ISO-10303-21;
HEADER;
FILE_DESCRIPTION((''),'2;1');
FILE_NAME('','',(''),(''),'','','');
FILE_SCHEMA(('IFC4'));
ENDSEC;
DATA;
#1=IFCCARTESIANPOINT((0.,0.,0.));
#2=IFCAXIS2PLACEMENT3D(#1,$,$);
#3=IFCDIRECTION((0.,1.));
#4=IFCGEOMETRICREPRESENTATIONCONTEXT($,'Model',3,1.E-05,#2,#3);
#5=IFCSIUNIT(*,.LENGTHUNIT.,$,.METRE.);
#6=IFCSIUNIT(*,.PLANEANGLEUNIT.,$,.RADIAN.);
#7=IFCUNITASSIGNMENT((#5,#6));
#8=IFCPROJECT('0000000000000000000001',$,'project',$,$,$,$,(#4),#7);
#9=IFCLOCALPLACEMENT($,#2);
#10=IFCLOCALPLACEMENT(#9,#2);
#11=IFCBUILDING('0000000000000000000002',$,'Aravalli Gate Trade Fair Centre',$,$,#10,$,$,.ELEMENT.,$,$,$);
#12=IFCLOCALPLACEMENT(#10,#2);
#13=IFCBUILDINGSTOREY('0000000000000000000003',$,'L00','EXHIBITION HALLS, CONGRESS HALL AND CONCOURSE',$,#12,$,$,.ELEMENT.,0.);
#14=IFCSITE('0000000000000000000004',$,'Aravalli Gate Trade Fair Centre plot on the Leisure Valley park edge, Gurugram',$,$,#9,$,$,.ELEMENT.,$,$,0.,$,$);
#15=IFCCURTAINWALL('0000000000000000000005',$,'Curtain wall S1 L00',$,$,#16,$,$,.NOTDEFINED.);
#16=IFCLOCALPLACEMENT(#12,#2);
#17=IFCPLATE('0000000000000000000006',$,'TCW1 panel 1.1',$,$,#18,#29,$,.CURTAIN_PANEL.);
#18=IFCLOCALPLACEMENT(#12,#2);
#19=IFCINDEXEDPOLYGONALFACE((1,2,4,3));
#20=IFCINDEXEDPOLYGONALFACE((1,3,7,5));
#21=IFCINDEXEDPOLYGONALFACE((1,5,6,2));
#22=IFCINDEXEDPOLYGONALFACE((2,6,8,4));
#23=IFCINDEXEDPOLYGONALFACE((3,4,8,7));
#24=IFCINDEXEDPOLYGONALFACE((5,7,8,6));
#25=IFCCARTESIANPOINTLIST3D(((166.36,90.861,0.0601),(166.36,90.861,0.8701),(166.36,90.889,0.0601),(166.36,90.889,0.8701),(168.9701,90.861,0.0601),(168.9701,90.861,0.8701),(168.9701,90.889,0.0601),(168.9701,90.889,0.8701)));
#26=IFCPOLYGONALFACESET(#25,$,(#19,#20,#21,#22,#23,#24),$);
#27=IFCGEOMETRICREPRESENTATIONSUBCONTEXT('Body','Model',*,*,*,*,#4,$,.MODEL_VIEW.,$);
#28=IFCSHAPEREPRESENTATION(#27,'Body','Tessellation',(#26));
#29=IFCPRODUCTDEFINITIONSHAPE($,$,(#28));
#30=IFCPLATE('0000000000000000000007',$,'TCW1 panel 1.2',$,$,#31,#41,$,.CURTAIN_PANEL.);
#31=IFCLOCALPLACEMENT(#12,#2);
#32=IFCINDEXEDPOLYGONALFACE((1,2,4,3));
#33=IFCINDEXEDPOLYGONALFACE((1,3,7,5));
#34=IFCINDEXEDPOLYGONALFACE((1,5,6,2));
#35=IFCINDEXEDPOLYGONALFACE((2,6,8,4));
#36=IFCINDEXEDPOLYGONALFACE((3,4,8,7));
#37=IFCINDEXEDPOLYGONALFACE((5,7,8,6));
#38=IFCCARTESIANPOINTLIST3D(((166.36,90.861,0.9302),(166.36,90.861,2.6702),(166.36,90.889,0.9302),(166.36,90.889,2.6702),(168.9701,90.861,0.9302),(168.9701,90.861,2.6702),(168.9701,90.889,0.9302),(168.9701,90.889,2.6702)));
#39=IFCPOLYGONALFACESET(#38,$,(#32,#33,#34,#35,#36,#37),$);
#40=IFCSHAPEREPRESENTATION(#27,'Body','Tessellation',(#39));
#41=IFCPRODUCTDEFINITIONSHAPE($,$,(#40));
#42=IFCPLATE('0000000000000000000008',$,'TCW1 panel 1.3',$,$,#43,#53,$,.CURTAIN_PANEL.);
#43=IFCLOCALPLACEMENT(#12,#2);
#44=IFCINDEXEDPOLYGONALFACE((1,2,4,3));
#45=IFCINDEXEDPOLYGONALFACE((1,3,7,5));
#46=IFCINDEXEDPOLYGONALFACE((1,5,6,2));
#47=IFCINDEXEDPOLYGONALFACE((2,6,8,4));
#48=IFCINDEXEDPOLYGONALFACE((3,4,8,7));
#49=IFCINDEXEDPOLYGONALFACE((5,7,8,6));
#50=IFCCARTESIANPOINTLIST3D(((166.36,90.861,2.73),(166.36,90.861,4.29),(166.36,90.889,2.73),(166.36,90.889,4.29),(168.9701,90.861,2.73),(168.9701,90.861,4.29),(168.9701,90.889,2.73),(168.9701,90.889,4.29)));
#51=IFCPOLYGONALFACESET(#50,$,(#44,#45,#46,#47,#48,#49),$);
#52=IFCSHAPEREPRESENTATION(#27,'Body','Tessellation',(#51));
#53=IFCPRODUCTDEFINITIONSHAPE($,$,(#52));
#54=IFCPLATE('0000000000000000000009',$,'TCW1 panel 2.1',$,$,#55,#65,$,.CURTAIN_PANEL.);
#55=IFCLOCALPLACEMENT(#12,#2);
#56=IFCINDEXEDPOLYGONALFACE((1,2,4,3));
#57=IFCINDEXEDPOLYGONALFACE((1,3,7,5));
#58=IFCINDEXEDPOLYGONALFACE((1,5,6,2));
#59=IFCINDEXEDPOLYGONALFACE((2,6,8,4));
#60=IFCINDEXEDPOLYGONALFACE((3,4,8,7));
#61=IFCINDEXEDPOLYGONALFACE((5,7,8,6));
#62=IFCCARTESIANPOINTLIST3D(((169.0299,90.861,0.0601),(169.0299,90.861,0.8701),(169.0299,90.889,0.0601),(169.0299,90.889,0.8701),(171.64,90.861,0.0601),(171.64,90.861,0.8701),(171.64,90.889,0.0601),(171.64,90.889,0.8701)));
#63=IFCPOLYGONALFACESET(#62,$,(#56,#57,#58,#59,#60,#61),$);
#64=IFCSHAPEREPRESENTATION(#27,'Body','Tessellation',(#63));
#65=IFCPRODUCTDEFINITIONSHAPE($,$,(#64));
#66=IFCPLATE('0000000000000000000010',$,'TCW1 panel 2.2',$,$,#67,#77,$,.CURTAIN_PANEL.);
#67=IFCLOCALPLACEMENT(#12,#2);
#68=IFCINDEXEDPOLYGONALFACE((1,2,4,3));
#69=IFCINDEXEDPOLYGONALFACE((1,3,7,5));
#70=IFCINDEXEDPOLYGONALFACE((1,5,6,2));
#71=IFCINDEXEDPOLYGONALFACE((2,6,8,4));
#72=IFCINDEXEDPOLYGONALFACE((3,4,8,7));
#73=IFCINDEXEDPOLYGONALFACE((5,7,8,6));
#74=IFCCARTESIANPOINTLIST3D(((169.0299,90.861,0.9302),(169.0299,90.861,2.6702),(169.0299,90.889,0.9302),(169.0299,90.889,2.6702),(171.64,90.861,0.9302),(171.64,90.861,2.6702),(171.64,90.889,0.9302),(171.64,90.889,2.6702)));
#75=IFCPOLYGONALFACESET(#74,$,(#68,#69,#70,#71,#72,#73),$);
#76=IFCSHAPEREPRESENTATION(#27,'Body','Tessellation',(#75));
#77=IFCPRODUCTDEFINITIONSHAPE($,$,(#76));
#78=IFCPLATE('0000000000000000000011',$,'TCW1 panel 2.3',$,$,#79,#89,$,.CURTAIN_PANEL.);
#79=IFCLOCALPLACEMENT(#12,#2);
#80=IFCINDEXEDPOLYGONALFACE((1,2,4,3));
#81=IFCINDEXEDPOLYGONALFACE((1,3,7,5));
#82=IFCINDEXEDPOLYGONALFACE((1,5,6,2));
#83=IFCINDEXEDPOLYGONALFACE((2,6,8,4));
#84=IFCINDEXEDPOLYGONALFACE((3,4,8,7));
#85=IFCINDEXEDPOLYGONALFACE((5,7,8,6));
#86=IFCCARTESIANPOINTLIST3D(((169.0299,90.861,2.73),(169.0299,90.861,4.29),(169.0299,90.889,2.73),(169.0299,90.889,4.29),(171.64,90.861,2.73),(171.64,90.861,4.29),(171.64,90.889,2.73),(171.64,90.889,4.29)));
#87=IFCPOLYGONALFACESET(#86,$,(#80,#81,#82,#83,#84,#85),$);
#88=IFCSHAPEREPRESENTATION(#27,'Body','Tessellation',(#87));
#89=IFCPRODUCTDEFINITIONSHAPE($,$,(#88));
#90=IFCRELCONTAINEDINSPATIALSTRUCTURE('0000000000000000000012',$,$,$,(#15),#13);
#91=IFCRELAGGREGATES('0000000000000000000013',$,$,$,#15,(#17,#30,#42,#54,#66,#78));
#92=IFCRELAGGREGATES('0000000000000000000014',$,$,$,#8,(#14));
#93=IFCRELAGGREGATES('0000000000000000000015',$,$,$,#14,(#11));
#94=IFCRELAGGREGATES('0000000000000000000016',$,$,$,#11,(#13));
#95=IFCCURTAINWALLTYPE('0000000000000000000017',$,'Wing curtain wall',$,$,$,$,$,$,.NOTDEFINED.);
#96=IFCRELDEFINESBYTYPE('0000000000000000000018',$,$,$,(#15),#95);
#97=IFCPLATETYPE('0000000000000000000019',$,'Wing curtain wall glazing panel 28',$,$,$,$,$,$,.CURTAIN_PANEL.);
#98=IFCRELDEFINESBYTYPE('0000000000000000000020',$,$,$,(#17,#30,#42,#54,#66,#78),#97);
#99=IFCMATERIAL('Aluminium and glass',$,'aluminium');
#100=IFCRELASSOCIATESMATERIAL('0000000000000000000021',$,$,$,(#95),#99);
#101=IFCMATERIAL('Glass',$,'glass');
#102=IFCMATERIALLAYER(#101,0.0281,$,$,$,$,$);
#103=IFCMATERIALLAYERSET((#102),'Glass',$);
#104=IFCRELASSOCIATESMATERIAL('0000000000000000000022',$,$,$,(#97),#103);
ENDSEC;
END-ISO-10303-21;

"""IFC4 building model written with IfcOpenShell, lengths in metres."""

from ifc_helpers import new_model, si_unit, direction, frame, origin, origin_2d, place, context, subcontext, project, spatial, rectangle, extrude, material, layer, layer_set, type_object, element, aggregate, save


model = new_model("IFC4")

# Units and contexts
model_context = context("Model", 3, precision=1e-05, world=origin(), true_north=direction((0.0, 1.0)))
body_context = subcontext(model_context, "Body", "Model", "MODEL_VIEW")
ifc_project = project(units=[si_unit("LENGTHUNIT", "METRE"), si_unit("PLANEANGLEUNIT", "RADIAN")], contexts=[model_context])

# Site, building, storey
site_placement = place(None, origin())
site = spatial("IfcSite", under=ifc_project, at=site_placement, Name="Aravalli Gate Trade Fair Centre plot on the Leisure Valley park edge, Gurugram", CompositionType="ELEMENT", RefElevation=0.0)
building_placement = place(site_placement, origin())
building = spatial("IfcBuilding", under=site, at=building_placement, Name="Aravalli Gate Trade Fair Centre", CompositionType="ELEMENT")
storey_placement = place(building_placement, origin())
storey = spatial("IfcBuildingStorey", under=building, at=storey_placement, Name="L00", Description="EXHIBITION HALLS, CONGRESS HALL AND CONCOURSE", CompositionType="ELEMENT", Elevation=0.0)

# Shared definitions
ifc_material_1 = material(Name="Aluminium and glass", Category="aluminium")
curtain_wall_type = type_object("IfcCurtainWallType", Name="Wing curtain wall", PredefinedType="NOTDEFINED", material=ifc_material_1)

# Curtain wall
curtain_wall_1_placement = place(storey_placement, origin())
curtain_wall_1 = element("IfcCurtainWall", 1, at=curtain_wall_1_placement, inside=storey, type_object=curtain_wall_type, Name="Curtain wall S1 L00", PredefinedType="NOTDEFINED")

# Plates
ifc_material_2 = material(Name="Glass", Category="glass")
ifc_layer = layer(ifc_material_2, 0.0281)
ifc_layer_set = layer_set([ifc_layer], Name="Glass")
plate_type = type_object("IfcPlateType", Name="Wing curtain wall glazing panel 28", PredefinedType="CURTAIN_PANEL", material=ifc_layer_set)
plate_1_placement = place(storey_placement, frame((167.665, 90.875, 0.0601), z_axis=(0.0, 0.0, 1.0), x_axis=(1.0, 0.0, 0.0)))
plate_1 = element("IfcPlate", 2, at=plate_1_placement, type_object=plate_type, Name="TCW1 panel 1.1", PredefinedType="CURTAIN_PANEL", context=body_context, shape_type="SweptSolid", body=[
    extrude(rectangle(XDim=2.6101, YDim=0.0281, at=origin_2d()), origin(), (0.0, 0.0, 1.0), 0.8101),
])
plate_2_placement = place(storey_placement, frame((167.665, 90.875, 0.9302), z_axis=(0.0, 0.0, 1.0), x_axis=(1.0, 0.0, 0.0)))
plate_2 = element("IfcPlate", 3, at=plate_2_placement, type_object=plate_type, Name="TCW1 panel 1.2", PredefinedType="CURTAIN_PANEL", context=body_context, shape_type="SweptSolid", body=[
    extrude(rectangle(XDim=2.6101, YDim=0.0281, at=origin_2d()), origin(), (0.0, 0.0, 1.0), 1.74),
])
plate_3_placement = place(storey_placement, frame((167.665, 90.875, 2.73), z_axis=(0.0, 0.0, 1.0), x_axis=(1.0, 0.0, 0.0)))
plate_3 = element("IfcPlate", 4, at=plate_3_placement, type_object=plate_type, Name="TCW1 panel 1.3", PredefinedType="CURTAIN_PANEL", context=body_context, shape_type="SweptSolid", body=[
    extrude(rectangle(XDim=2.6101, YDim=0.0281, at=origin_2d()), origin(), (0.0, 0.0, 1.0), 1.5601),
])
plate_4_placement = place(storey_placement, frame((170.335, 90.875, 0.0601), z_axis=(0.0, 0.0, 1.0), x_axis=(1.0, 0.0, 0.0)))
plate_4 = element("IfcPlate", 5, at=plate_4_placement, type_object=plate_type, Name="TCW1 panel 2.1", PredefinedType="CURTAIN_PANEL", context=body_context, shape_type="SweptSolid", body=[
    extrude(rectangle(XDim=2.6101, YDim=0.0281, at=origin_2d()), origin(), (0.0, 0.0, 1.0), 0.8101),
])
plate_5_placement = place(storey_placement, frame((170.335, 90.875, 0.9302), z_axis=(0.0, 0.0, 1.0), x_axis=(1.0, 0.0, 0.0)))
plate_5 = element("IfcPlate", 6, at=plate_5_placement, type_object=plate_type, Name="TCW1 panel 2.2", PredefinedType="CURTAIN_PANEL", context=body_context, shape_type="SweptSolid", body=[
    extrude(rectangle(XDim=2.6101, YDim=0.0281, at=origin_2d()), origin(), (0.0, 0.0, 1.0), 1.74),
])
plate_6_placement = place(storey_placement, frame((170.335, 90.875, 2.73), z_axis=(0.0, 0.0, 1.0), x_axis=(1.0, 0.0, 0.0)))
plate_6 = element("IfcPlate", 7, at=plate_6_placement, type_object=plate_type, Name="TCW1 panel 2.3", PredefinedType="CURTAIN_PANEL", context=body_context, shape_type="SweptSolid", body=[
    extrude(rectangle(XDim=2.6101, YDim=0.0281, at=origin_2d()), origin(), (0.0, 0.0, 1.0), 1.5601),
])
aggregate(curtain_wall_1, [plate_1, plate_2, plate_3, plate_4, plate_5, plate_6])

save(model, "model.ifc")
